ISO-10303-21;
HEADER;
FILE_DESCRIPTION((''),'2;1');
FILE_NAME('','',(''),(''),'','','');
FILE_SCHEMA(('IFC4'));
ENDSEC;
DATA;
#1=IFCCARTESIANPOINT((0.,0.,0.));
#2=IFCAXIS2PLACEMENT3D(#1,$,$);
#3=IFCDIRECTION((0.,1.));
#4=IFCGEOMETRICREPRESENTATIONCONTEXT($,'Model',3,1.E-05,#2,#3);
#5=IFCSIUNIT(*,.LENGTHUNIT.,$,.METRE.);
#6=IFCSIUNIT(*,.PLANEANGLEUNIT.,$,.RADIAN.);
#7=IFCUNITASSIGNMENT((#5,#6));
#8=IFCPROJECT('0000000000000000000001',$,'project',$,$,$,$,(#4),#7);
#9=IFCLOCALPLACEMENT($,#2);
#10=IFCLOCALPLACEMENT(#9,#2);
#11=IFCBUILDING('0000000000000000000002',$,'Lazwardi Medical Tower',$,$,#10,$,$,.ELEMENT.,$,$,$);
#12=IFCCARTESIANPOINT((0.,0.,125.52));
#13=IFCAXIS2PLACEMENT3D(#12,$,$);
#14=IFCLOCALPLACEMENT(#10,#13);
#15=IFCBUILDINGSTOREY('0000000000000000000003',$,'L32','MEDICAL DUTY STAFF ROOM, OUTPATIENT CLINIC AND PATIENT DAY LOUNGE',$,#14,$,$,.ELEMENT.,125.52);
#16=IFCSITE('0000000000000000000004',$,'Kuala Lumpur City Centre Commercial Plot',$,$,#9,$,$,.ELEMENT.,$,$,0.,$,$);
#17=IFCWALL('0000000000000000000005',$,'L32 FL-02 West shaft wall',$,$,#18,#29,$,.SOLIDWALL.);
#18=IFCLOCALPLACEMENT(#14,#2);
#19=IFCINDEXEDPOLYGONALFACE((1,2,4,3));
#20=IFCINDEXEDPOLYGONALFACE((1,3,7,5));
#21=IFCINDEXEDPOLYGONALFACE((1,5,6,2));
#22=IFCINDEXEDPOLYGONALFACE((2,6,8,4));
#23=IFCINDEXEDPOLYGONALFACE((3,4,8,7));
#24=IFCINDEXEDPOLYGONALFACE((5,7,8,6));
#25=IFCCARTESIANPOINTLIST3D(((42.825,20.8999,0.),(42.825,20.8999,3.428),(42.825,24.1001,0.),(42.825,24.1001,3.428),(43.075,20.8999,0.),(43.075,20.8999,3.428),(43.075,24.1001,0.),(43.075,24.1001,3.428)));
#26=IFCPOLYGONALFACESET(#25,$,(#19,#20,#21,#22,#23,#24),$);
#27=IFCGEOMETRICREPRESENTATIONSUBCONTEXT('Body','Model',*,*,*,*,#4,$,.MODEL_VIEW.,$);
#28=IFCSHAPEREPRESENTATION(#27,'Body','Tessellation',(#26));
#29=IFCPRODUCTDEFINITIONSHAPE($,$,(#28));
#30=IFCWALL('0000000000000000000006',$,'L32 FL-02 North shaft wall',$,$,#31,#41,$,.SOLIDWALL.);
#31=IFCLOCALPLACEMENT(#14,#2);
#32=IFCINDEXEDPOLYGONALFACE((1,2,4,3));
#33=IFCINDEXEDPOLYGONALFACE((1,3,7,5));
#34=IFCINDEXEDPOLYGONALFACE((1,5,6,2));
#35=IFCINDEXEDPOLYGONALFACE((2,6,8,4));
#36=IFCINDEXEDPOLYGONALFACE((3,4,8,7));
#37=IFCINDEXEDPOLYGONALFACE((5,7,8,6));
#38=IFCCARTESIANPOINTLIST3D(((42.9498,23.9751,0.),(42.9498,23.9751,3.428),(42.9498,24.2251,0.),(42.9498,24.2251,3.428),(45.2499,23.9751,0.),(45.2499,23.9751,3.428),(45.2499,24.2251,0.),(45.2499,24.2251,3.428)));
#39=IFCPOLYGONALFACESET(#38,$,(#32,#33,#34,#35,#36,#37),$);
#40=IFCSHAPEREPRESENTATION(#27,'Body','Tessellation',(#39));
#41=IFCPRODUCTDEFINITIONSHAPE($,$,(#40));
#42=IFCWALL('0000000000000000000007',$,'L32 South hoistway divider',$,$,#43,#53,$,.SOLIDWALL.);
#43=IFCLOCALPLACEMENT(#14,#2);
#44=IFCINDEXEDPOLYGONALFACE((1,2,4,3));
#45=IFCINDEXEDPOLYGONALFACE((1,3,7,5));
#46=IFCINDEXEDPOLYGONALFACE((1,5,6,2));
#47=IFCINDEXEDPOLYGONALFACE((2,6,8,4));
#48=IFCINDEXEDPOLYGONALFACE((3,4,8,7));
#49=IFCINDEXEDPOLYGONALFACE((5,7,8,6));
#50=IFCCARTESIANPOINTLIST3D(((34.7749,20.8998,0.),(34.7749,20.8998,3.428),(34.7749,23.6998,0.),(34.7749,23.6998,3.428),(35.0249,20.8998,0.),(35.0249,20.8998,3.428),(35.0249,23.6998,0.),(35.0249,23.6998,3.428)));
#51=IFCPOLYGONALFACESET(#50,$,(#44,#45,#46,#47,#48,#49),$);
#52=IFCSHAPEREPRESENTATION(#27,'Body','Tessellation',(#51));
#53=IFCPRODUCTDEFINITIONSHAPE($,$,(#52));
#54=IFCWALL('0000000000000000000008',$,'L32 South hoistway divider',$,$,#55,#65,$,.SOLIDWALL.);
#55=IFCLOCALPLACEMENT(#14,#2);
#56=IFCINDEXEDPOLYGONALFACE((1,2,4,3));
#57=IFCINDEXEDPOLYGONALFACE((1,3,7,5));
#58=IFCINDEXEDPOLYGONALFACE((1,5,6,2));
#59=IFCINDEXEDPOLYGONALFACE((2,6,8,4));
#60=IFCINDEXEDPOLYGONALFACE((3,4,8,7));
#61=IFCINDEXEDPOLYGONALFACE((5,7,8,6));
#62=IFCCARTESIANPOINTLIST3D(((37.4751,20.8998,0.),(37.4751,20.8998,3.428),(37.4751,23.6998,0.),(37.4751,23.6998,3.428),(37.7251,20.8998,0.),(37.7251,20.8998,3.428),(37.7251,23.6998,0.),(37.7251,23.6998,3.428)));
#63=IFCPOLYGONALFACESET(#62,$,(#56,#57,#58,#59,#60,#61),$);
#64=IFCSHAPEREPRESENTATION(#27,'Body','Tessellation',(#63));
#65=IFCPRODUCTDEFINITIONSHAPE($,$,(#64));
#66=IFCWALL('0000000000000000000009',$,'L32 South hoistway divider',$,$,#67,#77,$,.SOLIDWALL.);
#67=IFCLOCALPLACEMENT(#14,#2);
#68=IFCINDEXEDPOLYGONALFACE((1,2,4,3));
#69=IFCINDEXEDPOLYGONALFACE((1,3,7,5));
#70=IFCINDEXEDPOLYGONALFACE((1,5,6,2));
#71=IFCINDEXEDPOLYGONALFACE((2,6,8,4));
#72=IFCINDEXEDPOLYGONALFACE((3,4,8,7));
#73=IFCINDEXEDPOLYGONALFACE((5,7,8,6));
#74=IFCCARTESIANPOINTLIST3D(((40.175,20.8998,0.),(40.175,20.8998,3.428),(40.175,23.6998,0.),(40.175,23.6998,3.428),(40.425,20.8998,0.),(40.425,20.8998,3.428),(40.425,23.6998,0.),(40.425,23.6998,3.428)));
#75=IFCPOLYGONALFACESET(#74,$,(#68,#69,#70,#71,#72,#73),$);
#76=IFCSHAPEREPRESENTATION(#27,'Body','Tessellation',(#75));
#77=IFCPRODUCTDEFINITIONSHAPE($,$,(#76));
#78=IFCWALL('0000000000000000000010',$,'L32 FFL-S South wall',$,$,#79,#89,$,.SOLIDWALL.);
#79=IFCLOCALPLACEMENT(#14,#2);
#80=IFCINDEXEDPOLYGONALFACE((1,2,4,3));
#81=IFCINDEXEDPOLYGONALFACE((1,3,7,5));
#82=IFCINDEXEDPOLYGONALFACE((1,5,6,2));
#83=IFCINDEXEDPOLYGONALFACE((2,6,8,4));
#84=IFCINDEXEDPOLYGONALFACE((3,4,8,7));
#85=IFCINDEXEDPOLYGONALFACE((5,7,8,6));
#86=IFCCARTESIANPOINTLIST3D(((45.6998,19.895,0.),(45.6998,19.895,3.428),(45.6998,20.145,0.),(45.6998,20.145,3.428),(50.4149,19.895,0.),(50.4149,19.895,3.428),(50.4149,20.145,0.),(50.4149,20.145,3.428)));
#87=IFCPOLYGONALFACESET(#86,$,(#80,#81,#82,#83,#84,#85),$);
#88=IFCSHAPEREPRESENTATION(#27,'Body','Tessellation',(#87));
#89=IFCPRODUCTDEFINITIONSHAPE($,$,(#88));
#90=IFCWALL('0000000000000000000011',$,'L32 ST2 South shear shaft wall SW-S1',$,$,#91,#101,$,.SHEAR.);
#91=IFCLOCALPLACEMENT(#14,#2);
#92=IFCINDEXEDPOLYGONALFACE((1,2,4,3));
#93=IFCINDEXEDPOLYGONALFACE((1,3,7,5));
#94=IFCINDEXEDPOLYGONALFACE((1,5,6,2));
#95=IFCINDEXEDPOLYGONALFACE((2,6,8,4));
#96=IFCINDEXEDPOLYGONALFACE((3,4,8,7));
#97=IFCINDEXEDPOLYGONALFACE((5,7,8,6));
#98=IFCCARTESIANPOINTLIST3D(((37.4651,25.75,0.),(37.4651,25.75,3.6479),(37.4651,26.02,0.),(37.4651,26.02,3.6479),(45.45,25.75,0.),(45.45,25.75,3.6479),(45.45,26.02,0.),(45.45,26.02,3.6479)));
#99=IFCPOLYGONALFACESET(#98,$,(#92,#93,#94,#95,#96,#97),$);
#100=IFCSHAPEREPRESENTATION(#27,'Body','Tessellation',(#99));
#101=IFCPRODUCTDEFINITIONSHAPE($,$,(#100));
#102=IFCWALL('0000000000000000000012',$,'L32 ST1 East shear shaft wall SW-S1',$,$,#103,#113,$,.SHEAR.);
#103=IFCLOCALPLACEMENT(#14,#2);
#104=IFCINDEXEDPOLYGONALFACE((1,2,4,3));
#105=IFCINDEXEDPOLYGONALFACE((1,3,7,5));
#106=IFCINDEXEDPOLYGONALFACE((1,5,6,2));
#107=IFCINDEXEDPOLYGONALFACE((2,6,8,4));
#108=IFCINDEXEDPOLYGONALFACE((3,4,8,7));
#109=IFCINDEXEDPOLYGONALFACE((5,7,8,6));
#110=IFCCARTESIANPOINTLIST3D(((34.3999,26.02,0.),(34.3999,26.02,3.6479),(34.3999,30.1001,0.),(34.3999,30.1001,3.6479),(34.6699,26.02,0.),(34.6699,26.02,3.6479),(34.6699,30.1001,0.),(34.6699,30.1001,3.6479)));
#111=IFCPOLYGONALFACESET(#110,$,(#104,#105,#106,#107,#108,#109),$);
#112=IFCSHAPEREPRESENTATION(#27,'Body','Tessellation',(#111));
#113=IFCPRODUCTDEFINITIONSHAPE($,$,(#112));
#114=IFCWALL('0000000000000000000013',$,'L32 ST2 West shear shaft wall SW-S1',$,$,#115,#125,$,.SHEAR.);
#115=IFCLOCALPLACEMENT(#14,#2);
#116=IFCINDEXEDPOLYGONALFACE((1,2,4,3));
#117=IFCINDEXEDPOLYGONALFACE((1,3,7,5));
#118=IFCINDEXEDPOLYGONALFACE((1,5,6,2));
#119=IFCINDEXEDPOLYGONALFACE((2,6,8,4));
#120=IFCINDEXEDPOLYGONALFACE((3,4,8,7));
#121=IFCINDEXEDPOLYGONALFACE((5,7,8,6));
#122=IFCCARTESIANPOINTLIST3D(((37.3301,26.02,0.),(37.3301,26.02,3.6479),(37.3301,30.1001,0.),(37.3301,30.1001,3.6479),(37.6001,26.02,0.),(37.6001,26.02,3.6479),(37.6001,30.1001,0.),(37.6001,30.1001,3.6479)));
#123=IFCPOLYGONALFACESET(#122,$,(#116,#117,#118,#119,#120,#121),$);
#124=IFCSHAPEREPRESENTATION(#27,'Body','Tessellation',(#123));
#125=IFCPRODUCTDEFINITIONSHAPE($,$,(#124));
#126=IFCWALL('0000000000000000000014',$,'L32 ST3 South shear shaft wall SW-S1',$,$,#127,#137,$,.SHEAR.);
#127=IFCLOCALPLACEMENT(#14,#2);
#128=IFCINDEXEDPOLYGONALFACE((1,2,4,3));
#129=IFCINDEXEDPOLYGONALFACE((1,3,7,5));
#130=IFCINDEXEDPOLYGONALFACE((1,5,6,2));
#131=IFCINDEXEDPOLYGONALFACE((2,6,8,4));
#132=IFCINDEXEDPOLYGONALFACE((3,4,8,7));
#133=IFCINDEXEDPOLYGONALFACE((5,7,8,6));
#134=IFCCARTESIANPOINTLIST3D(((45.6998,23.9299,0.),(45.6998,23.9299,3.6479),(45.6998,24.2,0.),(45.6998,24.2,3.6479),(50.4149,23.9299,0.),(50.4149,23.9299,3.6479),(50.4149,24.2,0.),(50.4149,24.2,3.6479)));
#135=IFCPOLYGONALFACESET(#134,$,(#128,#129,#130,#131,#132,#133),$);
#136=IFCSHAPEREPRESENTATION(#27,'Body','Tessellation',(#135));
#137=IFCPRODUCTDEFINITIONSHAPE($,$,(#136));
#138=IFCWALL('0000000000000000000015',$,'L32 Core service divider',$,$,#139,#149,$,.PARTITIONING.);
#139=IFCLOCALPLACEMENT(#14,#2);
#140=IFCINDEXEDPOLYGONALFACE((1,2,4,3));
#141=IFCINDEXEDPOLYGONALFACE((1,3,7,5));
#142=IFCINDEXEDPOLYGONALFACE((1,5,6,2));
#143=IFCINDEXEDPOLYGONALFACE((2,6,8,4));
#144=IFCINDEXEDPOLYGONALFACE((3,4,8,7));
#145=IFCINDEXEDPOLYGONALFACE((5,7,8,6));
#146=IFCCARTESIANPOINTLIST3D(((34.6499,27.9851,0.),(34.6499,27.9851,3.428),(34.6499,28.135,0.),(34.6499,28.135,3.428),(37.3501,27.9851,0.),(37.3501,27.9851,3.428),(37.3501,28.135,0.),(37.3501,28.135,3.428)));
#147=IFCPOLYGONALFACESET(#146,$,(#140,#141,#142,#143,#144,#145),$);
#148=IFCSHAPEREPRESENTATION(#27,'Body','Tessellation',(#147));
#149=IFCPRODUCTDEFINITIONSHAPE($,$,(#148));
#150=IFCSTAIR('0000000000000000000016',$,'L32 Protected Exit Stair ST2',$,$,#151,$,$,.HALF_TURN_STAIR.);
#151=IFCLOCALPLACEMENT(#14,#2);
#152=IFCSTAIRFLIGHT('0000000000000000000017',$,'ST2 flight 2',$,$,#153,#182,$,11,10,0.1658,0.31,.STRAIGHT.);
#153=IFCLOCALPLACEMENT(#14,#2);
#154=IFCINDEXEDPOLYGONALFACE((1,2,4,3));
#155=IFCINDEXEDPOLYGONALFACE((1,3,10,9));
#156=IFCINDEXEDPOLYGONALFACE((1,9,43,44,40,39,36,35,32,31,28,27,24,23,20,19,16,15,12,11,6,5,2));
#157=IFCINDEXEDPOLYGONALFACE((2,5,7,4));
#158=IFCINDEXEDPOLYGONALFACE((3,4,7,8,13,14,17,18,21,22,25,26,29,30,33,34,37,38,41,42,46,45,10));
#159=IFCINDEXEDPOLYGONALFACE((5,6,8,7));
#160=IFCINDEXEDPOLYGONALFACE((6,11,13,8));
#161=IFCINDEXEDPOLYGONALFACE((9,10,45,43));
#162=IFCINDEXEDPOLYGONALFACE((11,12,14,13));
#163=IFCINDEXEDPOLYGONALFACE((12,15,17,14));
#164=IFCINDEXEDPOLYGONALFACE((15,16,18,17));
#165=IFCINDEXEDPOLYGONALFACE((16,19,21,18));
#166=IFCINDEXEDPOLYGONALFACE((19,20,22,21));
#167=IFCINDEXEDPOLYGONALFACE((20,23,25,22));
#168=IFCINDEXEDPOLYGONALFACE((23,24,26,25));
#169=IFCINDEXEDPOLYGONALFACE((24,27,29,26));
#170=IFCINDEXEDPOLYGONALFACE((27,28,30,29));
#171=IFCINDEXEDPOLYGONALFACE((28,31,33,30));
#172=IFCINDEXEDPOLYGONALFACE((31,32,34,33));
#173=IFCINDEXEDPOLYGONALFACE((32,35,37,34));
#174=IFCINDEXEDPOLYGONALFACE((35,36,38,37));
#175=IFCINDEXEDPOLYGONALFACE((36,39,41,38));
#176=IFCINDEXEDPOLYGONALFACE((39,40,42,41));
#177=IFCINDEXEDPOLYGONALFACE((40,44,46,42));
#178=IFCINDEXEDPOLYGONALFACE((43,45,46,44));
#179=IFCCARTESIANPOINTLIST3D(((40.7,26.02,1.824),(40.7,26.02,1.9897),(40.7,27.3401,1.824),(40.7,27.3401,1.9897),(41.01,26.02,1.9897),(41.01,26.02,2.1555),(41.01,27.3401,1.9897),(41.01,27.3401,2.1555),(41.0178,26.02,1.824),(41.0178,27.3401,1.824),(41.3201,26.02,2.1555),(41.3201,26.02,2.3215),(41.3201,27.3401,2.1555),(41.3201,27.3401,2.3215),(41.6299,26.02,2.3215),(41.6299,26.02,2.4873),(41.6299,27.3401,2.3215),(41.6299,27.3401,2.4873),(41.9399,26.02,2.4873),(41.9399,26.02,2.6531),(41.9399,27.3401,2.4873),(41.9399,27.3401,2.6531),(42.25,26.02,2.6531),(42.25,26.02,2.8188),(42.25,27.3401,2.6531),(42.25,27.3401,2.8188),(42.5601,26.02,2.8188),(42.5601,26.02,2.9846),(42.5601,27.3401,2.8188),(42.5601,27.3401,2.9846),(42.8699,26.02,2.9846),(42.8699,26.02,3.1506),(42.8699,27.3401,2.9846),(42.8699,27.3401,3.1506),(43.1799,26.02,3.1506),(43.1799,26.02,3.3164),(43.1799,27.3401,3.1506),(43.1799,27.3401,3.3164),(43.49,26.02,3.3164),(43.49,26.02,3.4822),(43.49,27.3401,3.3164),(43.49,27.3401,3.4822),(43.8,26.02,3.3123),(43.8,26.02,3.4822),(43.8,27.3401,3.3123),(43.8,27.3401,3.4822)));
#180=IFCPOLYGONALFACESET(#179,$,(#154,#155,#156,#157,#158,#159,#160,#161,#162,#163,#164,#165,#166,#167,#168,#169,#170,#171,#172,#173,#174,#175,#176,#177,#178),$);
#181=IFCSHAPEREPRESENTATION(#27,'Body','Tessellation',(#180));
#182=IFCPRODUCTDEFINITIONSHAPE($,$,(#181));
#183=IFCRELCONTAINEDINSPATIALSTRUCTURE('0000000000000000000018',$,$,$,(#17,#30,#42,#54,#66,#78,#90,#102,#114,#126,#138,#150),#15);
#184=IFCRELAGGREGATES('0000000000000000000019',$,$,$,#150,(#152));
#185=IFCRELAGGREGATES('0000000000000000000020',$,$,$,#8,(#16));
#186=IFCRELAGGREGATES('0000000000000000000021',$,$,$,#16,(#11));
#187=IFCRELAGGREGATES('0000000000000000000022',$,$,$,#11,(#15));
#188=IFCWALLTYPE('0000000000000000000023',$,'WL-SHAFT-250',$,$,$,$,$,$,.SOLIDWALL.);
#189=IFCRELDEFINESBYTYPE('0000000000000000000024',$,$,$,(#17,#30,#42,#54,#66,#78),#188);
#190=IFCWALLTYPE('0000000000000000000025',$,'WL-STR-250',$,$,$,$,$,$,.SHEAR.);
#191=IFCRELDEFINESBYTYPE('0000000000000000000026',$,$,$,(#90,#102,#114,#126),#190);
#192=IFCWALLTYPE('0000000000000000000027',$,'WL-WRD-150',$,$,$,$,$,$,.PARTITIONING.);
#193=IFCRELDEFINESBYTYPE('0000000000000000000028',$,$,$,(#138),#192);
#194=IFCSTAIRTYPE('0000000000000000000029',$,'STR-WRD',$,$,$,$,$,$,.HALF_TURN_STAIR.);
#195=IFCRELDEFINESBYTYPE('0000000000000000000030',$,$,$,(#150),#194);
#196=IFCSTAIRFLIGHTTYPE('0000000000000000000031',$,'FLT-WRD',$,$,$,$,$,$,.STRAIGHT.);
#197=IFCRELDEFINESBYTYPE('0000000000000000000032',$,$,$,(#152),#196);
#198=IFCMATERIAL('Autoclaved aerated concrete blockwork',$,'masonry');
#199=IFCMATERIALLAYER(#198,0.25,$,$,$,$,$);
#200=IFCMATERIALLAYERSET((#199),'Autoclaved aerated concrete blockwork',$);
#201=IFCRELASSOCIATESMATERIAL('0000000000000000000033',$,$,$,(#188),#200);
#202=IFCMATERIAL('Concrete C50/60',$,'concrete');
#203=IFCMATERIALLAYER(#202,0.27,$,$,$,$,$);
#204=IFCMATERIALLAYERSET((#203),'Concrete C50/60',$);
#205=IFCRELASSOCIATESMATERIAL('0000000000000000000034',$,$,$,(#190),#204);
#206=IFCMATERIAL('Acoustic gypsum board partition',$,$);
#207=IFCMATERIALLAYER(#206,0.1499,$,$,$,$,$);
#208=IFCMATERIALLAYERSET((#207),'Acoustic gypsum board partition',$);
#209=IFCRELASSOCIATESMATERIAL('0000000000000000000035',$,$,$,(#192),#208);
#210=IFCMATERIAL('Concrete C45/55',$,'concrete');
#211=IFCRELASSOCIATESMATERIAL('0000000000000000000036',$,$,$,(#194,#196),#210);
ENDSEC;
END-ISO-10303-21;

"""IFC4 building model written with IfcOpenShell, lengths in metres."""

from ifc_helpers import new_model, si_unit, direction, frame, frame_2d, origin, place, context, subcontext, project, spatial, polyline, rectangle, outline, extrude, material, layer, layer_set, type_object, element, aggregate, save


model = new_model("IFC4")

# Units and contexts
model_context = context("Model", 3, precision=1e-05, world=origin(), true_north=direction((0.0, 1.0)))
body_context = subcontext(model_context, "Body", "Model", "MODEL_VIEW")
ifc_project = project(units=[si_unit("LENGTHUNIT", "METRE"), si_unit("PLANEANGLEUNIT", "RADIAN")], contexts=[model_context])

# Site, building, storey
site_placement = place(None, origin())
site = spatial("IfcSite", under=ifc_project, at=site_placement, Name="Kuala Lumpur City Centre Commercial Plot", CompositionType="ELEMENT", RefElevation=0.0)
building_placement = place(site_placement, origin())
building = spatial("IfcBuilding", under=site, at=building_placement, Name="Lazwardi Medical Tower", CompositionType="ELEMENT")
storey_placement = place(building_placement, frame((0.0, 0.0, 125.52)))
storey = spatial("IfcBuildingStorey", under=building, at=storey_placement, Name="L32", Description="MEDICAL DUTY STAFF ROOM, OUTPATIENT CLINIC AND PATIENT DAY LOUNGE", CompositionType="ELEMENT", Elevation=125.52)

# Walls
ifc_material_1 = material(Name="Autoclaved aerated concrete blockwork", Category="masonry")
ifc_layer_1 = layer(ifc_material_1, 0.25)
ifc_layer_set_1 = layer_set([ifc_layer_1], Name="Autoclaved aerated concrete blockwork")
wall_type_1 = type_object("IfcWallType", Name="WL-SHAFT-250", PredefinedType="SOLIDWALL", material=ifc_layer_set_1)
wall_1_placement = place(storey_placement, frame((42.95, 20.8999, 0.0), z_axis=(0.0, 0.0, 1.0), x_axis=(0.0, 1.0, 0.0)))
element("IfcWall", 1, at=wall_1_placement, inside=storey, type_object=wall_type_1, Name="L32 FL-02 West shaft wall", PredefinedType="SOLIDWALL", context=body_context, shape_type="SweptSolid", body=[
    extrude(rectangle(XDim=3.2002, YDim=0.25, at=frame_2d((1.6001, 0.0))), origin(), (0.0, 0.0, 1.0), 3.428),
])
wall_2_placement = place(storey_placement, frame((42.95, 24.1001, 0.0), z_axis=(0.0, 0.0, 1.0), x_axis=(1.0, 0.0, 0.0)))
element("IfcWall", 2, at=wall_2_placement, inside=storey, type_object=wall_type_1, Name="L32 FL-02 North shaft wall", PredefinedType="SOLIDWALL", context=body_context, shape_type="SweptSolid", body=[
    extrude(rectangle(XDim=2.3, YDim=0.25, at=frame_2d((1.1499, 0.0))), origin(), (0.0, 0.0, 1.0), 3.428),
])
for number, where, z_axis, x_axis, name in (
    (3, (34.8999, 20.8999, 0.0), (0.0, 0.0, 1.0), (0.0, 1.0, 0.0), "L32 South hoistway divider"),
    (4, (37.6001, 20.8999, 0.0), (0.0, 0.0, 1.0), (0.0, 1.0, 0.0), "L32 South hoistway divider"),
    (5, (40.3, 20.8999, 0.0), (0.0, 0.0, 1.0), (0.0, 1.0, 0.0), "L32 South hoistway divider"),
):
    element("IfcWall", number, at=place(storey_placement, frame(where, z_axis=z_axis, x_axis=x_axis)), inside=storey, type_object=wall_type_1, Name=name, PredefinedType="SOLIDWALL", context=body_context, shape_type="SweptSolid", body=[
        extrude(rectangle(XDim=2.8, YDim=0.25, at=frame_2d((1.3999, 0.0))), origin(), (0.0, 0.0, 1.0), 3.428),
    ])
wall_3_placement = place(storey_placement, frame((45.7, 20.02, 0.0), z_axis=(0.0, 0.0, 1.0), x_axis=(1.0, 0.0, 0.0)))
element("IfcWall", 6, at=wall_3_placement, inside=storey, type_object=wall_type_1, Name="L32 FFL-S South wall", PredefinedType="SOLIDWALL", context=body_context, shape_type="SweptSolid", body=[
    extrude(rectangle(XDim=4.7151, YDim=0.25, at=frame_2d((2.3574, 0.0))), origin(), (0.0, 0.0, 1.0), 3.428),
])
ifc_material_2 = material(Name="Concrete C50/60", Category="concrete")
ifc_layer_2 = layer(ifc_material_2, 0.27)
ifc_layer_set_2 = layer_set([ifc_layer_2], Name="Concrete C50/60")
wall_type_2 = type_object("IfcWallType", Name="WL-STR-250", PredefinedType="SHEAR", material=ifc_layer_set_2)
wall_4_placement = place(storey_placement, frame((37.4651, 25.885, 0.0), z_axis=(0.0, 0.0, 1.0), x_axis=(1.0, 0.0, 0.0)))
element("IfcWall", 7, at=wall_4_placement, inside=storey, type_object=wall_type_2, Name="L32 ST2 South shear shaft wall SW-S1", PredefinedType="SHEAR", context=body_context, shape_type="SweptSolid", body=[
    extrude(rectangle(XDim=7.9849, YDim=0.27, at=frame_2d((3.9924, 0.0))), origin(), (0.0, 0.0, 1.0), 3.6479),
])
for number, where, z_axis, x_axis, name in (
    (8, (34.5349, 26.02, 0.0), (0.0, 0.0, 1.0), (0.0, 1.0, 0.0), "L32 ST1 East shear shaft wall SW-S1"),
    (9, (37.4651, 26.02, 0.0), (0.0, 0.0, 1.0), (0.0, 1.0, 0.0), "L32 ST2 West shear shaft wall SW-S1"),
):
    element("IfcWall", number, at=place(storey_placement, frame(where, z_axis=z_axis, x_axis=x_axis)), inside=storey, type_object=wall_type_2, Name=name, PredefinedType="SHEAR", context=body_context, shape_type="SweptSolid", body=[
        extrude(rectangle(XDim=4.0801, YDim=0.27, at=frame_2d((2.04, 0.0))), origin(), (0.0, 0.0, 1.0), 3.6479),
    ])
wall_5_placement = place(storey_placement, frame((45.7, 24.0649, 0.0), z_axis=(0.0, 0.0, 1.0), x_axis=(1.0, 0.0, 0.0)))
element("IfcWall", 10, at=wall_5_placement, inside=storey, type_object=wall_type_2, Name="L32 ST3 South shear shaft wall SW-S1", PredefinedType="SHEAR", context=body_context, shape_type="SweptSolid", body=[
    extrude(rectangle(XDim=4.7151, YDim=0.27, at=frame_2d((2.3574, 0.0))), origin(), (0.0, 0.0, 1.0), 3.6479),
])
ifc_material_3 = material(Name="Acoustic gypsum board partition")
ifc_layer_3 = layer(ifc_material_3, 0.1499)
ifc_layer_set_3 = layer_set([ifc_layer_3], Name="Acoustic gypsum board partition")
wall_type_3 = type_object("IfcWallType", Name="WL-WRD-150", PredefinedType="PARTITIONING", material=ifc_layer_set_3)
wall_6_placement = place(storey_placement, frame((34.6499, 28.0601, 0.0), z_axis=(0.0, 0.0, 1.0), x_axis=(1.0, 0.0, 0.0)))
element("IfcWall", 11, at=wall_6_placement, inside=storey, type_object=wall_type_3, Name="L32 Core service divider", PredefinedType="PARTITIONING", context=body_context, shape_type="SweptSolid", body=[
    extrude(rectangle(XDim=2.7002, YDim=0.1499, at=frame_2d((1.3501, 0.0))), origin(), (0.0, 0.0, 1.0), 3.428),
])

# Stair, stair flight
ifc_material_4 = material(Name="Concrete C45/55", Category="concrete")
stair_type = type_object("IfcStairType", Name="STR-WRD", PredefinedType="HALF_TURN_STAIR", material=ifc_material_4)
stair_placement = place(storey_placement, origin())
stair = element("IfcStair", 12, at=stair_placement, inside=storey, type_object=stair_type, Name="L32 Protected Exit Stair ST2", PredefinedType="HALF_TURN_STAIR")
stair_flight_type = type_object("IfcStairFlightType", Name="FLT-WRD", PredefinedType="STRAIGHT", material=ifc_material_4)
stair_flight_placement = place(storey_placement, frame((40.7, 26.6799, 1.824), z_axis=(0.0, 0.0, 1.0), x_axis=(1.0, 0.0, 0.0)))
stair_flight = element("IfcStairFlight", 13, at=stair_flight_placement, type_object=stair_flight_type, Name="ST2 flight 2", NumberOfRisers=11, NumberOfTreads=10, PredefinedType="STRAIGHT", RiserHeight=0.1658, TreadLength=0.31, context=body_context, shape_type="SweptSolid", body=[
    extrude(outline(polyline([(0.0, 0.0), (0.0, 0.1658), (0.3101, 0.1658), (0.3101, 0.3315), (0.6201, 0.3315), (0.6201, 0.4976), (0.9299, 0.4976), (0.9299, 0.6633), (1.24, 0.6633), (1.24, 0.8291), (1.55, 0.8291), (1.55, 0.9949), (1.8601, 0.9949), (1.8601, 1.1606), (2.1699, 1.1606), (2.1699, 1.3267), (2.48, 1.3267), (2.48, 1.4924), (2.79, 1.4924), (2.79, 1.6582), (3.1001, 1.6582), (3.1001, 1.824), (3.1001, 1.4883), (0.3179, 0.0), (0.0, 0.0)])), frame((0.0, 0.6602, 0.0), z_axis=(0.0, -1.0, 0.0), x_axis=(1.0, 0.0, 0.0)), (0.0, 0.0, 1.0), 1.3201),
])
aggregate(stair, [stair_flight])

save(model, "model.ifc")
